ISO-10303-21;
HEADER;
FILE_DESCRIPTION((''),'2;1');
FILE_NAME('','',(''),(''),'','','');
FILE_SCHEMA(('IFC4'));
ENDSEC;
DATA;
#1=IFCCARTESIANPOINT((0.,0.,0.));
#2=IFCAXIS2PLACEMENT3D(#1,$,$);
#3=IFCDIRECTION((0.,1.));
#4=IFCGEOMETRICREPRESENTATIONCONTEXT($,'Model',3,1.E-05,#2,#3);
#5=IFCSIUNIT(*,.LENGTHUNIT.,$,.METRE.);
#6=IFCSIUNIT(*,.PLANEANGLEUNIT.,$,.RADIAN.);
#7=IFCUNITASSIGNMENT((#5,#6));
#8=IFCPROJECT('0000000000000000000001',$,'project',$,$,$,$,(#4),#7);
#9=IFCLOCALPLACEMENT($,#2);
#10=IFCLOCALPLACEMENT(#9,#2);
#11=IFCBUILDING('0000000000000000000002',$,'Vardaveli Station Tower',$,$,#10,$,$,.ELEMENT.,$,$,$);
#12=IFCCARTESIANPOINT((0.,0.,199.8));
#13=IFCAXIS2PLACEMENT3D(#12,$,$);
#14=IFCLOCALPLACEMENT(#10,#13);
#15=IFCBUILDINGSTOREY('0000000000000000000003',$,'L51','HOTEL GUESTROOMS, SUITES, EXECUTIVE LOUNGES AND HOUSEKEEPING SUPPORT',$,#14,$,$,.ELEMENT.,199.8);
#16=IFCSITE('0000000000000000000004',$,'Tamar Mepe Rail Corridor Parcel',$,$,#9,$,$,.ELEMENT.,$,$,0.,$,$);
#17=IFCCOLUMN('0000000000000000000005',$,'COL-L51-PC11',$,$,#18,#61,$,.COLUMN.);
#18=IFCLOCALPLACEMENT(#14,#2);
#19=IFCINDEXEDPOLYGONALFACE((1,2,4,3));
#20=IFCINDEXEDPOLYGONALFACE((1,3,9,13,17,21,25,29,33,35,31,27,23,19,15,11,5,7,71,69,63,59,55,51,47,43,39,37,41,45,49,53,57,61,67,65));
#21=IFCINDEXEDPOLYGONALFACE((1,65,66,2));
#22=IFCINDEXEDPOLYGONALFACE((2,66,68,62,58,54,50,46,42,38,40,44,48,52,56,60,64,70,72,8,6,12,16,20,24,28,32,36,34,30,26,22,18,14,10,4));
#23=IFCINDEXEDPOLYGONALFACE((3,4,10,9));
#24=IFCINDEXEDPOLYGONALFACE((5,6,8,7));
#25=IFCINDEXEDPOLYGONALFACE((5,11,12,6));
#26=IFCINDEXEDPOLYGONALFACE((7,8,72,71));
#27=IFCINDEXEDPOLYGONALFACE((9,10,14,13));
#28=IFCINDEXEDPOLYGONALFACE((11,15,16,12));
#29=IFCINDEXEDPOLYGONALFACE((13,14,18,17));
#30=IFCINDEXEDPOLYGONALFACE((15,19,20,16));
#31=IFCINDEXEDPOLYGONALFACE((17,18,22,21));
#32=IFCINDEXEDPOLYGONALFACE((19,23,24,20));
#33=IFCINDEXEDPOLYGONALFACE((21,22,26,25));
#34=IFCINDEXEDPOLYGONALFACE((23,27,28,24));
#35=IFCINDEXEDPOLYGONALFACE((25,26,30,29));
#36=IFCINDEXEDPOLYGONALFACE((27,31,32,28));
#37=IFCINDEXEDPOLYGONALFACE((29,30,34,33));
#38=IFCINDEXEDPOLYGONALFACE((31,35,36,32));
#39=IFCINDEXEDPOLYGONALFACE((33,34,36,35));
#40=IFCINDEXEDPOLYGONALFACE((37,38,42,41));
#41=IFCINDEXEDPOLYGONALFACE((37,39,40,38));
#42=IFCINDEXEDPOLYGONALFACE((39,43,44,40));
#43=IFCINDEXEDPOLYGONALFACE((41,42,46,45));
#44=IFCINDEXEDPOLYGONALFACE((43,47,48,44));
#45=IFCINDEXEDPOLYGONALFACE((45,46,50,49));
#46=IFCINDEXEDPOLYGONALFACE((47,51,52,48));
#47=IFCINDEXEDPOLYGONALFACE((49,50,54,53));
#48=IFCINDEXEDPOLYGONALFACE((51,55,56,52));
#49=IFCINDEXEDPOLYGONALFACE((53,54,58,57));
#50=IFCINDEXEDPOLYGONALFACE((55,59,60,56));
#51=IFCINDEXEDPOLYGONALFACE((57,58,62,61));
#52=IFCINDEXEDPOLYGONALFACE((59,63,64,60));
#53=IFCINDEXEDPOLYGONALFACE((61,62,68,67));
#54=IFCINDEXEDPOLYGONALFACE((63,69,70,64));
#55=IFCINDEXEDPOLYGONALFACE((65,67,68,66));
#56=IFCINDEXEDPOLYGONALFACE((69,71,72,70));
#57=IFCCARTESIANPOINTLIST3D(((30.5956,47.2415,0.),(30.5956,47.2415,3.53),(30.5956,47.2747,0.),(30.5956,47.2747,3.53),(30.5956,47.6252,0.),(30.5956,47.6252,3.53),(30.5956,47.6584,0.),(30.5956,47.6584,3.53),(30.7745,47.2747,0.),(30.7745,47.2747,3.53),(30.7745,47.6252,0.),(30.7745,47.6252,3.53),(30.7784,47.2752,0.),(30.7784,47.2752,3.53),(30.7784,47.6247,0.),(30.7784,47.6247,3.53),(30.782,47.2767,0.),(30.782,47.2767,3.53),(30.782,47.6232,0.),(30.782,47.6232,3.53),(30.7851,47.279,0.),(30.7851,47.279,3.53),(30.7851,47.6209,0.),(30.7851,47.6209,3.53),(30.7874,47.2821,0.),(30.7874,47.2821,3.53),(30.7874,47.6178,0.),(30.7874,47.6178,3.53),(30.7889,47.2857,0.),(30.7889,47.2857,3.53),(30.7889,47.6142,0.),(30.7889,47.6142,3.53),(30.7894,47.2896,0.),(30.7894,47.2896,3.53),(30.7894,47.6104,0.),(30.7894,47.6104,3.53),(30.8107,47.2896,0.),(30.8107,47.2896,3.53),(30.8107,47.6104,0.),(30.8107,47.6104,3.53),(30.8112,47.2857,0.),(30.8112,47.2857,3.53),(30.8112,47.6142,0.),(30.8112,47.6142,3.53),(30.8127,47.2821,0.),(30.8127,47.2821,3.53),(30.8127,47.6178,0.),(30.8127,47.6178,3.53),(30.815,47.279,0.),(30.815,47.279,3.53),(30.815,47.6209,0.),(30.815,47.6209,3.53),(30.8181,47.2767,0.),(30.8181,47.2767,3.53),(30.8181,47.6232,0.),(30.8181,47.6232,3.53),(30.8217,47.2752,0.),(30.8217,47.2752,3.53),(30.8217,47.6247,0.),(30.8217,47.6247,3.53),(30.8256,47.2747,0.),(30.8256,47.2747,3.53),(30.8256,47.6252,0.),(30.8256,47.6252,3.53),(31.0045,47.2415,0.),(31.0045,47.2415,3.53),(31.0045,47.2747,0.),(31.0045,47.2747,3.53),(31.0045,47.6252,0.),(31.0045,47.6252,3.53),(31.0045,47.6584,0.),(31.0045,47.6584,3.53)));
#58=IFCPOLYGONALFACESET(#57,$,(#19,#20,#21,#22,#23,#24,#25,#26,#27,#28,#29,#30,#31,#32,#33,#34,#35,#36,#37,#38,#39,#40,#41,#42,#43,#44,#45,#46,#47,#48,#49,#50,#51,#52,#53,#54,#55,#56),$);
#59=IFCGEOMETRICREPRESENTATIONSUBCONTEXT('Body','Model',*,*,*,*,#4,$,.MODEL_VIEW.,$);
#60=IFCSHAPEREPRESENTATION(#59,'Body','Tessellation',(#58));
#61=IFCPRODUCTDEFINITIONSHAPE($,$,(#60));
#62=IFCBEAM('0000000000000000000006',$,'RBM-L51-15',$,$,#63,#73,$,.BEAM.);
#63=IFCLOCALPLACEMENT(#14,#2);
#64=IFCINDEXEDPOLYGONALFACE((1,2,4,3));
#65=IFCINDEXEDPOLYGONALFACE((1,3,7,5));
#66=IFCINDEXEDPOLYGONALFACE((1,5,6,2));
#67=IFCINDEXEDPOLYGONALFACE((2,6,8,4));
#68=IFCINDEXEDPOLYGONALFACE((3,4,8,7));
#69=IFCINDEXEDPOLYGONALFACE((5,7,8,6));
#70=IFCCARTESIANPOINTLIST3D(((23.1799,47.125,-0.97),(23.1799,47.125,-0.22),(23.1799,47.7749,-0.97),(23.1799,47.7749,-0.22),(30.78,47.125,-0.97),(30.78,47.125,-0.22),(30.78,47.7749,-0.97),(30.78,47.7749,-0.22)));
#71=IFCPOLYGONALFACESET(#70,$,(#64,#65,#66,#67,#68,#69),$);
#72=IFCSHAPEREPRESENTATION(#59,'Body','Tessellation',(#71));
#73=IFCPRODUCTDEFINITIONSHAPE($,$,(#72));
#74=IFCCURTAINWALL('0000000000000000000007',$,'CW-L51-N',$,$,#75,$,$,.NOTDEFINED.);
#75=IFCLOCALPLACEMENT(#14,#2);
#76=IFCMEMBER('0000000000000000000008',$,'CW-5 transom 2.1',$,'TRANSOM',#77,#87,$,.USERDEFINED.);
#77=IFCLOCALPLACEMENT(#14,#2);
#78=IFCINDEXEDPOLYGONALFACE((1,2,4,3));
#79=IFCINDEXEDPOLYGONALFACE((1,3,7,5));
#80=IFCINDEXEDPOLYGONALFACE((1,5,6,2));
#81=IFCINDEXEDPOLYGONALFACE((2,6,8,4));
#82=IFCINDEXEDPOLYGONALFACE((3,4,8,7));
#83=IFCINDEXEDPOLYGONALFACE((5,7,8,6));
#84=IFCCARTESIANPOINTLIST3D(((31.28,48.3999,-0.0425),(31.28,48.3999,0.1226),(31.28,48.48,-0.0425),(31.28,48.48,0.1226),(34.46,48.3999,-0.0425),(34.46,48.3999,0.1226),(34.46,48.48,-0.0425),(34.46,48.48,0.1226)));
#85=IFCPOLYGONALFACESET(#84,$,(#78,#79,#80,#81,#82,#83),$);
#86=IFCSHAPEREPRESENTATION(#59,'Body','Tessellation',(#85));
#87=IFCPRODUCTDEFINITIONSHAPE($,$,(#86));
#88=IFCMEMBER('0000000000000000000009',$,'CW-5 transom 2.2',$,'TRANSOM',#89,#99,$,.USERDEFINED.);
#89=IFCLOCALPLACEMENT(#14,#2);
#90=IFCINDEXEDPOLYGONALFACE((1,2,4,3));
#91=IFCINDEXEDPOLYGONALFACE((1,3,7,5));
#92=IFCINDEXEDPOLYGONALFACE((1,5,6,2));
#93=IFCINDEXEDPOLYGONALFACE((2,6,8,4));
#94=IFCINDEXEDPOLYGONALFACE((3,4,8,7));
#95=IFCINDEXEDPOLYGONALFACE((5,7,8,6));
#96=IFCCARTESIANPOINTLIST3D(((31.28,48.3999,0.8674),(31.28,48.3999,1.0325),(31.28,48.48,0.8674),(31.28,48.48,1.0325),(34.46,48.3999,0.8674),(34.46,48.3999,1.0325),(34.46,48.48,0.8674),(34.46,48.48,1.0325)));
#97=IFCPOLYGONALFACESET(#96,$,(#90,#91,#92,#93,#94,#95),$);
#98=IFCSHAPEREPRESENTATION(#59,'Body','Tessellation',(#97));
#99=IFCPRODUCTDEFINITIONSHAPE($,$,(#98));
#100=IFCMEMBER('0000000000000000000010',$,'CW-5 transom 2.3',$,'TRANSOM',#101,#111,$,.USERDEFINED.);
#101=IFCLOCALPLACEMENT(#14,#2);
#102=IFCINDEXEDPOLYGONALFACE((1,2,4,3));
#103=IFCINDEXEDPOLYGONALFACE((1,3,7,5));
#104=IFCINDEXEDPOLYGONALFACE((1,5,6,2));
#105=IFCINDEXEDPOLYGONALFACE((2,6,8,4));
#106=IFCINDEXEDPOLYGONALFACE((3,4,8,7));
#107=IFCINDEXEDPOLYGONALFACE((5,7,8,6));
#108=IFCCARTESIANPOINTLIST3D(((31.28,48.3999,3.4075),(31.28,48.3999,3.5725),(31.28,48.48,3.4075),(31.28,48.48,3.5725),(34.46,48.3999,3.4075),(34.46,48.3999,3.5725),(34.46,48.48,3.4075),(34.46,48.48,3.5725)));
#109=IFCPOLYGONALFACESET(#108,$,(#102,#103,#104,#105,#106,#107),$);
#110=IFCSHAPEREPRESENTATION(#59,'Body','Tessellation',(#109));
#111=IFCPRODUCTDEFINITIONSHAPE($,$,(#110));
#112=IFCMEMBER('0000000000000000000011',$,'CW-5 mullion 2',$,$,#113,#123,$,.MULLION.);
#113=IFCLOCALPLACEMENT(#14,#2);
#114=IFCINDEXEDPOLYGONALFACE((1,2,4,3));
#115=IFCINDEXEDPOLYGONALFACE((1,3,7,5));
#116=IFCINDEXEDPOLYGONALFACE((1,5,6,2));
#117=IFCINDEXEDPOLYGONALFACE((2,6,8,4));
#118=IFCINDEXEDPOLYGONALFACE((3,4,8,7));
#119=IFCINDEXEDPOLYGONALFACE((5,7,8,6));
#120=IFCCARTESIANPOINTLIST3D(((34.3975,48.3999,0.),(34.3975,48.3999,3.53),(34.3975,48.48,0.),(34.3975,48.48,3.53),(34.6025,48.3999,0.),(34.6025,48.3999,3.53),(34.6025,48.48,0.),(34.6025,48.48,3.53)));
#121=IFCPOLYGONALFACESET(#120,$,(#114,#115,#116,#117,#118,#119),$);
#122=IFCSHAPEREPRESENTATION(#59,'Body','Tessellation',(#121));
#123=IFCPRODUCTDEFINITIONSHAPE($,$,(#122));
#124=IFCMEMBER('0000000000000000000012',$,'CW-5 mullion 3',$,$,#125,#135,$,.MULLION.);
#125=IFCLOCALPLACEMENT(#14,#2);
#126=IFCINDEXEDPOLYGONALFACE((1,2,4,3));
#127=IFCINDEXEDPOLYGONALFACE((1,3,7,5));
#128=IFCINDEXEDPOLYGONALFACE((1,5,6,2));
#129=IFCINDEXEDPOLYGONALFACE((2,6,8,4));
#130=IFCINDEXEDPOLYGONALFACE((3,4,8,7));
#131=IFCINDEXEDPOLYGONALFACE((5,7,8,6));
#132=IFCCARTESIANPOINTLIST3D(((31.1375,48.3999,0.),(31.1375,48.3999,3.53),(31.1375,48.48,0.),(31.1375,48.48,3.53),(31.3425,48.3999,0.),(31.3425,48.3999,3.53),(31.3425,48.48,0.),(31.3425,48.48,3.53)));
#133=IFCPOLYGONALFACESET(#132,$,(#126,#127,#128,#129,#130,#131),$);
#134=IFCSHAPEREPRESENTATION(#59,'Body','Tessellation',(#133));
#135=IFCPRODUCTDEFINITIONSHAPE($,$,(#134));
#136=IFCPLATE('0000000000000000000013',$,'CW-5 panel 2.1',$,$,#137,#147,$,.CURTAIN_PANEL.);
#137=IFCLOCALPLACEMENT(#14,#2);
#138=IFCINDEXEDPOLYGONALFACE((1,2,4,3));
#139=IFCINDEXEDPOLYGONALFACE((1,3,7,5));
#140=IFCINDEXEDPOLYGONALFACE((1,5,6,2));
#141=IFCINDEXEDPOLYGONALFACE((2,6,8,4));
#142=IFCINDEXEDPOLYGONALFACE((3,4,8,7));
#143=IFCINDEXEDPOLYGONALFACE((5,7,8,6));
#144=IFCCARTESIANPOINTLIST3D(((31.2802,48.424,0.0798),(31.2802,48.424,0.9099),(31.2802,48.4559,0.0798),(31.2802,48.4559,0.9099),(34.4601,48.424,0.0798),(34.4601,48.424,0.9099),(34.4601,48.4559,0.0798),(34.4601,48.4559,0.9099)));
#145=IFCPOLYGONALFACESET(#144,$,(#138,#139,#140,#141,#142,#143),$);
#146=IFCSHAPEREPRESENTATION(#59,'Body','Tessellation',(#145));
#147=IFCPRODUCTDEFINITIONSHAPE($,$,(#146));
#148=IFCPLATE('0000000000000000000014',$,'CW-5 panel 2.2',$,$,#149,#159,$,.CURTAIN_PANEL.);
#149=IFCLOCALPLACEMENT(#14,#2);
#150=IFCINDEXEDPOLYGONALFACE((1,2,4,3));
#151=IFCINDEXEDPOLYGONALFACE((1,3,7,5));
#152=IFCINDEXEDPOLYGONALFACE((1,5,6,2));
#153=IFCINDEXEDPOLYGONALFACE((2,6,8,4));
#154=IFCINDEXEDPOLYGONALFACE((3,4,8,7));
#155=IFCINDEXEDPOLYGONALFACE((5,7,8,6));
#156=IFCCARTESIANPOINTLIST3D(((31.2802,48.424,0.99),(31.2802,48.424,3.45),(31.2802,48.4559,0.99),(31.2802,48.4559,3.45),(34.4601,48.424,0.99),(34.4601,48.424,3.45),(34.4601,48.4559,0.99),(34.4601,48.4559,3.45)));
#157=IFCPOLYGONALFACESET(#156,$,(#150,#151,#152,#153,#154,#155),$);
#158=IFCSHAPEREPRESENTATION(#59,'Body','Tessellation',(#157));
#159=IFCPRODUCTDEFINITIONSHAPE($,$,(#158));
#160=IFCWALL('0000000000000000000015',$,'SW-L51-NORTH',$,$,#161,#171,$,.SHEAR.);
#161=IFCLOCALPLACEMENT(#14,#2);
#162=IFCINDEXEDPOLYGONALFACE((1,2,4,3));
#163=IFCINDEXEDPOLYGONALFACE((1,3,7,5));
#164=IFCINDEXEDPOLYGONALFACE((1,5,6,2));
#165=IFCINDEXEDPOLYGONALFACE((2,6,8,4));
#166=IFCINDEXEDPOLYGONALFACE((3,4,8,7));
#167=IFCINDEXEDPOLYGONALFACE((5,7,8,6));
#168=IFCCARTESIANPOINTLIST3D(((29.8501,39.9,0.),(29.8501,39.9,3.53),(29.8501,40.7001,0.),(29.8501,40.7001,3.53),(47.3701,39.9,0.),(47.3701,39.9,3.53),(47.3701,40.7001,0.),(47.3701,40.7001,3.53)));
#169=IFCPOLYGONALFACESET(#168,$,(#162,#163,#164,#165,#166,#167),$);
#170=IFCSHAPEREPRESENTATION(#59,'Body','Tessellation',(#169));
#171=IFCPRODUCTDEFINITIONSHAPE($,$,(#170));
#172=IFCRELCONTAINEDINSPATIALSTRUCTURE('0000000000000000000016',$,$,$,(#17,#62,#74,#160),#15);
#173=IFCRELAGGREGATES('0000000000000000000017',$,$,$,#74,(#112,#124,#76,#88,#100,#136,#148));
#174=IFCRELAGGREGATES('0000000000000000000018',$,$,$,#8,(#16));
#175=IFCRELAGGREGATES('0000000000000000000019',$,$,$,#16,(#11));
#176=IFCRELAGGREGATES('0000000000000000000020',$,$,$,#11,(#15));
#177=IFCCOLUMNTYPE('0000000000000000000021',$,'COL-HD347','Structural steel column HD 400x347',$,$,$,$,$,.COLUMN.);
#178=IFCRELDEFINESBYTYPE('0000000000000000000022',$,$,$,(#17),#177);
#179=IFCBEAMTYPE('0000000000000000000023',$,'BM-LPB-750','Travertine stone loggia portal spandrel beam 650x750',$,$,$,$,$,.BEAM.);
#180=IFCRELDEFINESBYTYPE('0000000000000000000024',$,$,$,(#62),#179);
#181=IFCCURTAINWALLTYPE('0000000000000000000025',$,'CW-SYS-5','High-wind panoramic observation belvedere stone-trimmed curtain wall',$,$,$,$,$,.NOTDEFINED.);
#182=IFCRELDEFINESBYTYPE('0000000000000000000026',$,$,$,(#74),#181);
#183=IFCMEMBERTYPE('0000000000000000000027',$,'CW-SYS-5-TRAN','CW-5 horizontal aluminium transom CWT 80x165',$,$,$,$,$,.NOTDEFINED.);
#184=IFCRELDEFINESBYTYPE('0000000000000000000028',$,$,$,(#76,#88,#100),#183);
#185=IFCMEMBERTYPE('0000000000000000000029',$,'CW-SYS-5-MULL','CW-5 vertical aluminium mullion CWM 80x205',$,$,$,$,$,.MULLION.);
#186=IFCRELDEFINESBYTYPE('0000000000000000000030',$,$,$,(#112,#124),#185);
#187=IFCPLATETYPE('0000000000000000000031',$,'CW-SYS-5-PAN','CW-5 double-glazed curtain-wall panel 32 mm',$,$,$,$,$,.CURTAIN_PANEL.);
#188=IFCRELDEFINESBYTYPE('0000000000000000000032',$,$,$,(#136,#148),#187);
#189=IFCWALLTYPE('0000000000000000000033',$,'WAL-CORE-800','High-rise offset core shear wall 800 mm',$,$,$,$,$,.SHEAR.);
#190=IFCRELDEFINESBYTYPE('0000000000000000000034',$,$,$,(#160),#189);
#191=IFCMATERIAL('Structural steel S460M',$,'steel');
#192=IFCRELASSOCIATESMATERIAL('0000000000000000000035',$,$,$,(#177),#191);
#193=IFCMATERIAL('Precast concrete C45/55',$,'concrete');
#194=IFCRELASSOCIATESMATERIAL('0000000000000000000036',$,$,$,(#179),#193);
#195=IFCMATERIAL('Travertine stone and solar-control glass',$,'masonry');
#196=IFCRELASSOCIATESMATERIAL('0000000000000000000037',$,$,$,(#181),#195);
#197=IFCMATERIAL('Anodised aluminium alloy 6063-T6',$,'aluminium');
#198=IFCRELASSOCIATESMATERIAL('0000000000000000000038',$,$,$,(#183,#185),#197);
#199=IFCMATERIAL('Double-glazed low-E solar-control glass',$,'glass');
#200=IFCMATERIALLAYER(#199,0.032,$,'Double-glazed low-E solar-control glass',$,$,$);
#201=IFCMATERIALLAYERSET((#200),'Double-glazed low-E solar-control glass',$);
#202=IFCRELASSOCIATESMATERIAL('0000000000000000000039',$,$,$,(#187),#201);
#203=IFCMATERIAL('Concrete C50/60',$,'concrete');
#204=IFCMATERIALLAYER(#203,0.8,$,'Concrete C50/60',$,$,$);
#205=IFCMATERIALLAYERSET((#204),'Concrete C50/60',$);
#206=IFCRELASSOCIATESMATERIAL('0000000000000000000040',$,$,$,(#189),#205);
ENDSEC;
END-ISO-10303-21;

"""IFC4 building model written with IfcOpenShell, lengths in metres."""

from ifc_helpers import new_model, si_unit, direction, frame, frame_2d, origin, origin_2d, place, context, subcontext, project, spatial, rectangle, i_section, extrude, source, transform, mapped, material, layer, layer_set, material_profile, profile_set, type_object, element, aggregate, save


model = new_model("IFC4")

# Units and contexts
model_context = context("Model", 3, precision=1e-05, world=origin(), true_north=direction((0.0, 1.0)))
body_context = subcontext(model_context, "Body", "Model", "MODEL_VIEW")
ifc_project = project(units=[si_unit("LENGTHUNIT", "METRE"), si_unit("PLANEANGLEUNIT", "RADIAN")], contexts=[model_context])

# Site, building, storey
site_placement = place(None, origin())
site = spatial("IfcSite", under=ifc_project, at=site_placement, Name="Tamar Mepe Rail Corridor Parcel", CompositionType="ELEMENT", RefElevation=0.0)
building_placement = place(site_placement, origin())
building = spatial("IfcBuilding", under=site, at=building_placement, Name="Vardaveli Station Tower", CompositionType="ELEMENT")
storey_placement = place(building_placement, frame((0.0, 0.0, 199.8)))
storey = spatial("IfcBuildingStorey", under=building, at=storey_placement, Name="L51", Description="HOTEL GUESTROOMS, SUITES, EXECUTIVE LOUNGES AND HOUSEKEEPING SUPPORT", CompositionType="ELEMENT", Elevation=199.8)

# Column
ifc_material_1 = material(Name="Structural steel S460M", Category="steel")
ifc_material_profile_1 = material_profile(ifc_material_1, i_section(OverallWidth=0.4089, OverallDepth=0.417, WebThickness=0.0212, FlangeThickness=0.0332, FilletRadius=0.0149, at=origin_2d()), Name="HD 400x347")
ifc_profile_set_1 = profile_set([ifc_material_profile_1], Name="Structural steel S460M")
column_type = type_object("IfcColumnType", Name="COL-HD347", Description="Structural steel column HD 400x347", PredefinedType="COLUMN", material=ifc_profile_set_1)
shared_shape_1 = source(origin(), body_context, "Body", "SweptSolid", [
    extrude(i_section(OverallWidth=0.4089, OverallDepth=0.417, WebThickness=0.0212, FlangeThickness=0.0332, FilletRadius=0.0149, at=origin_2d()), origin(), (0.0, 0.0, 1.0), 3.53),
])
column_placement = place(storey_placement, frame((30.8, 47.45, 0.0), z_axis=(0.0, 0.0, 1.0), x_axis=(1.0, 0.0, 0.0)))
element("IfcColumn", 1, at=column_placement, inside=storey, type_object=column_type, Name="COL-L51-PC11", PredefinedType="COLUMN", context=body_context, shape_type="MappedRepresentation", body=[
    mapped(shared_shape_1, transform((0.0, 0.0, 0.0), scale=1.0)),
])

# Beam
ifc_material_2 = material(Name="Precast concrete C45/55", Category="concrete")
ifc_material_profile_2 = material_profile(ifc_material_2, rectangle(XDim=0.6499, YDim=0.75, at=origin_2d()), Name="LPB 650x750")
ifc_profile_set_2 = profile_set([ifc_material_profile_2], Name="Precast concrete C45/55")
beam_type = type_object("IfcBeamType", Name="BM-LPB-750", Description="Travertine stone loggia portal spandrel beam 650x750", PredefinedType="BEAM", material=ifc_profile_set_2)
shared_shape_2 = source(origin(), body_context, "Body", "SweptSolid", [
    extrude(rectangle(XDim=0.6499, YDim=0.75, at=origin_2d()), origin(), (0.0, 0.0, 1.0), 7.6001),
])
beam_placement = place(storey_placement, frame((30.78, 47.45, -0.595), z_axis=(-1.0, 0.0, 0.0), x_axis=(0.0, -1.0, 0.0)))
element("IfcBeam", 2, at=beam_placement, inside=storey, type_object=beam_type, Name="RBM-L51-15", PredefinedType="BEAM", context=body_context, shape_type="MappedRepresentation", body=[
    mapped(shared_shape_2, transform((0.0, 0.0, 0.0), scale=1.0)),
])

# Curtain wall, members, plates
ifc_material_3 = material(Name="Travertine stone and solar-control glass", Category="masonry")
curtain_wall_type = type_object("IfcCurtainWallType", Name="CW-SYS-5", Description="High-wind panoramic observation belvedere stone-trimmed curtain wall", PredefinedType="NOTDEFINED", material=ifc_material_3)
curtain_wall_placement = place(storey_placement, origin())
curtain_wall = element("IfcCurtainWall", 3, at=curtain_wall_placement, inside=storey, type_object=curtain_wall_type, Name="CW-L51-N", PredefinedType="NOTDEFINED")
ifc_material_4 = material(Name="Anodised aluminium alloy 6063-T6", Category="aluminium")
ifc_material_profile_3 = material_profile(ifc_material_4, rectangle(XDim=0.0801, YDim=0.165, at=origin_2d()), Name="CWT 80x165")
ifc_profile_set_3 = profile_set([ifc_material_profile_3], Name="Anodised aluminium alloy 6063-T6")
member_type_1 = type_object("IfcMemberType", Name="CW-SYS-5-TRAN", Description="CW-5 horizontal aluminium transom CWT 80x165", PredefinedType="NOTDEFINED", material=ifc_profile_set_3)
shared_shape_3 = source(origin(), body_context, "Body", "SweptSolid", [
    extrude(rectangle(XDim=0.0801, YDim=0.165, at=origin_2d()), origin(), (0.0, 0.0, 1.0), 3.1799),
])
member_1_placement = place(storey_placement, frame((34.46, 48.4399, 0.04), z_axis=(-1.0, 0.0, 0.0), x_axis=(0.0, -1.0, 0.0)))
member_1 = element("IfcMember", 4, at=member_1_placement, type_object=member_type_1, Name="CW-5 transom 2.1", ObjectType="TRANSOM", PredefinedType="USERDEFINED", context=body_context, shape_type="MappedRepresentation", body=[
    mapped(shared_shape_3, transform((0.0, 0.0, 0.0), scale=1.0)),
])
member_2_placement = place(storey_placement, frame((34.46, 48.4399, 0.95), z_axis=(-1.0, 0.0, 0.0), x_axis=(0.0, -1.0, 0.0)))
member_2 = element("IfcMember", 5, at=member_2_placement, type_object=member_type_1, Name="CW-5 transom 2.2", ObjectType="TRANSOM", PredefinedType="USERDEFINED", context=body_context, shape_type="MappedRepresentation", body=[
    mapped(shared_shape_3, transform((0.0, 0.0, 0.0), scale=1.0)),
])
member_3_placement = place(storey_placement, frame((34.46, 48.4399, 3.49), z_axis=(-1.0, 0.0, 0.0), x_axis=(0.0, -1.0, 0.0)))
member_3 = element("IfcMember", 6, at=member_3_placement, type_object=member_type_1, Name="CW-5 transom 2.3", ObjectType="TRANSOM", PredefinedType="USERDEFINED", context=body_context, shape_type="MappedRepresentation", body=[
    mapped(shared_shape_3, transform((0.0, 0.0, 0.0), scale=1.0)),
])
ifc_material_profile_4 = material_profile(ifc_material_4, rectangle(XDim=0.0801, YDim=0.2051, at=origin_2d()), Name="CWM 80x205")
ifc_profile_set_4 = profile_set([ifc_material_profile_4], Name="Anodised aluminium alloy 6063-T6")
member_type_2 = type_object("IfcMemberType", Name="CW-SYS-5-MULL", Description="CW-5 vertical aluminium mullion CWM 80x205", PredefinedType="MULLION", material=ifc_profile_set_4)
shared_shape_4 = source(origin(), body_context, "Body", "SweptSolid", [
    extrude(rectangle(XDim=0.0801, YDim=0.2051, at=origin_2d()), origin(), (0.0, 0.0, 1.0), 3.53),
])
member_4_placement = place(storey_placement, frame((34.5, 48.4399, 0.0), z_axis=(0.0, 0.0, 1.0), x_axis=(0.0, -1.0, 0.0)))
member_4 = element("IfcMember", 7, at=member_4_placement, type_object=member_type_2, Name="CW-5 mullion 2", PredefinedType="MULLION", context=body_context, shape_type="MappedRepresentation", body=[
    mapped(shared_shape_4, transform((0.0, 0.0, 0.0), scale=1.0)),
])
member_5_placement = place(storey_placement, frame((31.24, 48.4399, 0.0), z_axis=(0.0, 0.0, 1.0), x_axis=(0.0, -1.0, 0.0)))
member_5 = element("IfcMember", 8, at=member_5_placement, type_object=member_type_2, Name="CW-5 mullion 3", PredefinedType="MULLION", context=body_context, shape_type="MappedRepresentation", body=[
    mapped(shared_shape_4, transform((0.0, 0.0, 0.0), scale=1.0)),
])
ifc_material_5 = material(Name="Double-glazed low-E solar-control glass", Category="glass")
ifc_layer_1 = layer(ifc_material_5, 0.032, Name="Double-glazed low-E solar-control glass")
ifc_layer_set_1 = layer_set([ifc_layer_1], Name="Double-glazed low-E solar-control glass")
plate_type = type_object("IfcPlateType", Name="CW-SYS-5-PAN", Description="CW-5 double-glazed curtain-wall panel 32 mm", PredefinedType="CURTAIN_PANEL", material=ifc_layer_set_1)
shared_shape_5 = source(origin(), body_context, "Body", "SweptSolid", [
    extrude(rectangle(XDim=3.1799, YDim=0.032, at=origin_2d()), origin(), (0.0, 0.0, 1.0), 0.8301),
])
plate_1_placement = place(storey_placement, frame((32.8701, 48.4399, 0.0798), z_axis=(0.0, 0.0, 1.0), x_axis=(-1.0, 0.0, 0.0)))
plate_1 = element("IfcPlate", 9, at=plate_1_placement, type_object=plate_type, Name="CW-5 panel 2.1", PredefinedType="CURTAIN_PANEL", context=body_context, shape_type="MappedRepresentation", body=[
    mapped(shared_shape_5, transform((0.0, 0.0, 0.0), scale=1.0)),
])
shared_shape_6 = source(origin(), body_context, "Body", "SweptSolid", [
    extrude(rectangle(XDim=3.1799, YDim=0.032, at=origin_2d()), origin(), (0.0, 0.0, 1.0), 2.46),
])
plate_2_placement = place(storey_placement, frame((32.8701, 48.4399, 0.99), z_axis=(0.0, 0.0, 1.0), x_axis=(-1.0, 0.0, 0.0)))
plate_2 = element("IfcPlate", 10, at=plate_2_placement, type_object=plate_type, Name="CW-5 panel 2.2", PredefinedType="CURTAIN_PANEL", context=body_context, shape_type="MappedRepresentation", body=[
    mapped(shared_shape_6, transform((0.0, 0.0, 0.0), scale=1.0)),
])
aggregate(curtain_wall, [member_4, member_5, member_1, member_2, member_3, plate_1, plate_2])

# Wall
ifc_material_6 = material(Name="Concrete C50/60", Category="concrete")
ifc_layer_2 = layer(ifc_material_6, 0.8, Name="Concrete C50/60")
ifc_layer_set_2 = layer_set([ifc_layer_2], Name="Concrete C50/60")
wall_type_1 = type_object("IfcWallType", Name="WAL-CORE-800", Description="High-rise offset core shear wall 800 mm", PredefinedType="SHEAR", material=ifc_layer_set_2)
shared_shape_7 = source(origin(), body_context, "Body", "SweptSolid", [
    extrude(rectangle(XDim=17.52, YDim=0.8, at=frame_2d((8.76, 0.0))), origin(), (0.0, 0.0, 1.0), 3.53),
])
wall_1_placement = place(storey_placement, frame((29.8501, 40.3, 0.0), z_axis=(0.0, 0.0, 1.0), x_axis=(1.0, 0.0, 0.0)))
element("IfcWall", 11, at=wall_1_placement, inside=storey, type_object=wall_type_1, Name="SW-L51-NORTH", PredefinedType="SHEAR", context=body_context, shape_type="MappedRepresentation", body=[
    mapped(shared_shape_7, transform((0.0, 0.0, 0.0), scale=1.0)),
])

save(model, "model.ifc")
